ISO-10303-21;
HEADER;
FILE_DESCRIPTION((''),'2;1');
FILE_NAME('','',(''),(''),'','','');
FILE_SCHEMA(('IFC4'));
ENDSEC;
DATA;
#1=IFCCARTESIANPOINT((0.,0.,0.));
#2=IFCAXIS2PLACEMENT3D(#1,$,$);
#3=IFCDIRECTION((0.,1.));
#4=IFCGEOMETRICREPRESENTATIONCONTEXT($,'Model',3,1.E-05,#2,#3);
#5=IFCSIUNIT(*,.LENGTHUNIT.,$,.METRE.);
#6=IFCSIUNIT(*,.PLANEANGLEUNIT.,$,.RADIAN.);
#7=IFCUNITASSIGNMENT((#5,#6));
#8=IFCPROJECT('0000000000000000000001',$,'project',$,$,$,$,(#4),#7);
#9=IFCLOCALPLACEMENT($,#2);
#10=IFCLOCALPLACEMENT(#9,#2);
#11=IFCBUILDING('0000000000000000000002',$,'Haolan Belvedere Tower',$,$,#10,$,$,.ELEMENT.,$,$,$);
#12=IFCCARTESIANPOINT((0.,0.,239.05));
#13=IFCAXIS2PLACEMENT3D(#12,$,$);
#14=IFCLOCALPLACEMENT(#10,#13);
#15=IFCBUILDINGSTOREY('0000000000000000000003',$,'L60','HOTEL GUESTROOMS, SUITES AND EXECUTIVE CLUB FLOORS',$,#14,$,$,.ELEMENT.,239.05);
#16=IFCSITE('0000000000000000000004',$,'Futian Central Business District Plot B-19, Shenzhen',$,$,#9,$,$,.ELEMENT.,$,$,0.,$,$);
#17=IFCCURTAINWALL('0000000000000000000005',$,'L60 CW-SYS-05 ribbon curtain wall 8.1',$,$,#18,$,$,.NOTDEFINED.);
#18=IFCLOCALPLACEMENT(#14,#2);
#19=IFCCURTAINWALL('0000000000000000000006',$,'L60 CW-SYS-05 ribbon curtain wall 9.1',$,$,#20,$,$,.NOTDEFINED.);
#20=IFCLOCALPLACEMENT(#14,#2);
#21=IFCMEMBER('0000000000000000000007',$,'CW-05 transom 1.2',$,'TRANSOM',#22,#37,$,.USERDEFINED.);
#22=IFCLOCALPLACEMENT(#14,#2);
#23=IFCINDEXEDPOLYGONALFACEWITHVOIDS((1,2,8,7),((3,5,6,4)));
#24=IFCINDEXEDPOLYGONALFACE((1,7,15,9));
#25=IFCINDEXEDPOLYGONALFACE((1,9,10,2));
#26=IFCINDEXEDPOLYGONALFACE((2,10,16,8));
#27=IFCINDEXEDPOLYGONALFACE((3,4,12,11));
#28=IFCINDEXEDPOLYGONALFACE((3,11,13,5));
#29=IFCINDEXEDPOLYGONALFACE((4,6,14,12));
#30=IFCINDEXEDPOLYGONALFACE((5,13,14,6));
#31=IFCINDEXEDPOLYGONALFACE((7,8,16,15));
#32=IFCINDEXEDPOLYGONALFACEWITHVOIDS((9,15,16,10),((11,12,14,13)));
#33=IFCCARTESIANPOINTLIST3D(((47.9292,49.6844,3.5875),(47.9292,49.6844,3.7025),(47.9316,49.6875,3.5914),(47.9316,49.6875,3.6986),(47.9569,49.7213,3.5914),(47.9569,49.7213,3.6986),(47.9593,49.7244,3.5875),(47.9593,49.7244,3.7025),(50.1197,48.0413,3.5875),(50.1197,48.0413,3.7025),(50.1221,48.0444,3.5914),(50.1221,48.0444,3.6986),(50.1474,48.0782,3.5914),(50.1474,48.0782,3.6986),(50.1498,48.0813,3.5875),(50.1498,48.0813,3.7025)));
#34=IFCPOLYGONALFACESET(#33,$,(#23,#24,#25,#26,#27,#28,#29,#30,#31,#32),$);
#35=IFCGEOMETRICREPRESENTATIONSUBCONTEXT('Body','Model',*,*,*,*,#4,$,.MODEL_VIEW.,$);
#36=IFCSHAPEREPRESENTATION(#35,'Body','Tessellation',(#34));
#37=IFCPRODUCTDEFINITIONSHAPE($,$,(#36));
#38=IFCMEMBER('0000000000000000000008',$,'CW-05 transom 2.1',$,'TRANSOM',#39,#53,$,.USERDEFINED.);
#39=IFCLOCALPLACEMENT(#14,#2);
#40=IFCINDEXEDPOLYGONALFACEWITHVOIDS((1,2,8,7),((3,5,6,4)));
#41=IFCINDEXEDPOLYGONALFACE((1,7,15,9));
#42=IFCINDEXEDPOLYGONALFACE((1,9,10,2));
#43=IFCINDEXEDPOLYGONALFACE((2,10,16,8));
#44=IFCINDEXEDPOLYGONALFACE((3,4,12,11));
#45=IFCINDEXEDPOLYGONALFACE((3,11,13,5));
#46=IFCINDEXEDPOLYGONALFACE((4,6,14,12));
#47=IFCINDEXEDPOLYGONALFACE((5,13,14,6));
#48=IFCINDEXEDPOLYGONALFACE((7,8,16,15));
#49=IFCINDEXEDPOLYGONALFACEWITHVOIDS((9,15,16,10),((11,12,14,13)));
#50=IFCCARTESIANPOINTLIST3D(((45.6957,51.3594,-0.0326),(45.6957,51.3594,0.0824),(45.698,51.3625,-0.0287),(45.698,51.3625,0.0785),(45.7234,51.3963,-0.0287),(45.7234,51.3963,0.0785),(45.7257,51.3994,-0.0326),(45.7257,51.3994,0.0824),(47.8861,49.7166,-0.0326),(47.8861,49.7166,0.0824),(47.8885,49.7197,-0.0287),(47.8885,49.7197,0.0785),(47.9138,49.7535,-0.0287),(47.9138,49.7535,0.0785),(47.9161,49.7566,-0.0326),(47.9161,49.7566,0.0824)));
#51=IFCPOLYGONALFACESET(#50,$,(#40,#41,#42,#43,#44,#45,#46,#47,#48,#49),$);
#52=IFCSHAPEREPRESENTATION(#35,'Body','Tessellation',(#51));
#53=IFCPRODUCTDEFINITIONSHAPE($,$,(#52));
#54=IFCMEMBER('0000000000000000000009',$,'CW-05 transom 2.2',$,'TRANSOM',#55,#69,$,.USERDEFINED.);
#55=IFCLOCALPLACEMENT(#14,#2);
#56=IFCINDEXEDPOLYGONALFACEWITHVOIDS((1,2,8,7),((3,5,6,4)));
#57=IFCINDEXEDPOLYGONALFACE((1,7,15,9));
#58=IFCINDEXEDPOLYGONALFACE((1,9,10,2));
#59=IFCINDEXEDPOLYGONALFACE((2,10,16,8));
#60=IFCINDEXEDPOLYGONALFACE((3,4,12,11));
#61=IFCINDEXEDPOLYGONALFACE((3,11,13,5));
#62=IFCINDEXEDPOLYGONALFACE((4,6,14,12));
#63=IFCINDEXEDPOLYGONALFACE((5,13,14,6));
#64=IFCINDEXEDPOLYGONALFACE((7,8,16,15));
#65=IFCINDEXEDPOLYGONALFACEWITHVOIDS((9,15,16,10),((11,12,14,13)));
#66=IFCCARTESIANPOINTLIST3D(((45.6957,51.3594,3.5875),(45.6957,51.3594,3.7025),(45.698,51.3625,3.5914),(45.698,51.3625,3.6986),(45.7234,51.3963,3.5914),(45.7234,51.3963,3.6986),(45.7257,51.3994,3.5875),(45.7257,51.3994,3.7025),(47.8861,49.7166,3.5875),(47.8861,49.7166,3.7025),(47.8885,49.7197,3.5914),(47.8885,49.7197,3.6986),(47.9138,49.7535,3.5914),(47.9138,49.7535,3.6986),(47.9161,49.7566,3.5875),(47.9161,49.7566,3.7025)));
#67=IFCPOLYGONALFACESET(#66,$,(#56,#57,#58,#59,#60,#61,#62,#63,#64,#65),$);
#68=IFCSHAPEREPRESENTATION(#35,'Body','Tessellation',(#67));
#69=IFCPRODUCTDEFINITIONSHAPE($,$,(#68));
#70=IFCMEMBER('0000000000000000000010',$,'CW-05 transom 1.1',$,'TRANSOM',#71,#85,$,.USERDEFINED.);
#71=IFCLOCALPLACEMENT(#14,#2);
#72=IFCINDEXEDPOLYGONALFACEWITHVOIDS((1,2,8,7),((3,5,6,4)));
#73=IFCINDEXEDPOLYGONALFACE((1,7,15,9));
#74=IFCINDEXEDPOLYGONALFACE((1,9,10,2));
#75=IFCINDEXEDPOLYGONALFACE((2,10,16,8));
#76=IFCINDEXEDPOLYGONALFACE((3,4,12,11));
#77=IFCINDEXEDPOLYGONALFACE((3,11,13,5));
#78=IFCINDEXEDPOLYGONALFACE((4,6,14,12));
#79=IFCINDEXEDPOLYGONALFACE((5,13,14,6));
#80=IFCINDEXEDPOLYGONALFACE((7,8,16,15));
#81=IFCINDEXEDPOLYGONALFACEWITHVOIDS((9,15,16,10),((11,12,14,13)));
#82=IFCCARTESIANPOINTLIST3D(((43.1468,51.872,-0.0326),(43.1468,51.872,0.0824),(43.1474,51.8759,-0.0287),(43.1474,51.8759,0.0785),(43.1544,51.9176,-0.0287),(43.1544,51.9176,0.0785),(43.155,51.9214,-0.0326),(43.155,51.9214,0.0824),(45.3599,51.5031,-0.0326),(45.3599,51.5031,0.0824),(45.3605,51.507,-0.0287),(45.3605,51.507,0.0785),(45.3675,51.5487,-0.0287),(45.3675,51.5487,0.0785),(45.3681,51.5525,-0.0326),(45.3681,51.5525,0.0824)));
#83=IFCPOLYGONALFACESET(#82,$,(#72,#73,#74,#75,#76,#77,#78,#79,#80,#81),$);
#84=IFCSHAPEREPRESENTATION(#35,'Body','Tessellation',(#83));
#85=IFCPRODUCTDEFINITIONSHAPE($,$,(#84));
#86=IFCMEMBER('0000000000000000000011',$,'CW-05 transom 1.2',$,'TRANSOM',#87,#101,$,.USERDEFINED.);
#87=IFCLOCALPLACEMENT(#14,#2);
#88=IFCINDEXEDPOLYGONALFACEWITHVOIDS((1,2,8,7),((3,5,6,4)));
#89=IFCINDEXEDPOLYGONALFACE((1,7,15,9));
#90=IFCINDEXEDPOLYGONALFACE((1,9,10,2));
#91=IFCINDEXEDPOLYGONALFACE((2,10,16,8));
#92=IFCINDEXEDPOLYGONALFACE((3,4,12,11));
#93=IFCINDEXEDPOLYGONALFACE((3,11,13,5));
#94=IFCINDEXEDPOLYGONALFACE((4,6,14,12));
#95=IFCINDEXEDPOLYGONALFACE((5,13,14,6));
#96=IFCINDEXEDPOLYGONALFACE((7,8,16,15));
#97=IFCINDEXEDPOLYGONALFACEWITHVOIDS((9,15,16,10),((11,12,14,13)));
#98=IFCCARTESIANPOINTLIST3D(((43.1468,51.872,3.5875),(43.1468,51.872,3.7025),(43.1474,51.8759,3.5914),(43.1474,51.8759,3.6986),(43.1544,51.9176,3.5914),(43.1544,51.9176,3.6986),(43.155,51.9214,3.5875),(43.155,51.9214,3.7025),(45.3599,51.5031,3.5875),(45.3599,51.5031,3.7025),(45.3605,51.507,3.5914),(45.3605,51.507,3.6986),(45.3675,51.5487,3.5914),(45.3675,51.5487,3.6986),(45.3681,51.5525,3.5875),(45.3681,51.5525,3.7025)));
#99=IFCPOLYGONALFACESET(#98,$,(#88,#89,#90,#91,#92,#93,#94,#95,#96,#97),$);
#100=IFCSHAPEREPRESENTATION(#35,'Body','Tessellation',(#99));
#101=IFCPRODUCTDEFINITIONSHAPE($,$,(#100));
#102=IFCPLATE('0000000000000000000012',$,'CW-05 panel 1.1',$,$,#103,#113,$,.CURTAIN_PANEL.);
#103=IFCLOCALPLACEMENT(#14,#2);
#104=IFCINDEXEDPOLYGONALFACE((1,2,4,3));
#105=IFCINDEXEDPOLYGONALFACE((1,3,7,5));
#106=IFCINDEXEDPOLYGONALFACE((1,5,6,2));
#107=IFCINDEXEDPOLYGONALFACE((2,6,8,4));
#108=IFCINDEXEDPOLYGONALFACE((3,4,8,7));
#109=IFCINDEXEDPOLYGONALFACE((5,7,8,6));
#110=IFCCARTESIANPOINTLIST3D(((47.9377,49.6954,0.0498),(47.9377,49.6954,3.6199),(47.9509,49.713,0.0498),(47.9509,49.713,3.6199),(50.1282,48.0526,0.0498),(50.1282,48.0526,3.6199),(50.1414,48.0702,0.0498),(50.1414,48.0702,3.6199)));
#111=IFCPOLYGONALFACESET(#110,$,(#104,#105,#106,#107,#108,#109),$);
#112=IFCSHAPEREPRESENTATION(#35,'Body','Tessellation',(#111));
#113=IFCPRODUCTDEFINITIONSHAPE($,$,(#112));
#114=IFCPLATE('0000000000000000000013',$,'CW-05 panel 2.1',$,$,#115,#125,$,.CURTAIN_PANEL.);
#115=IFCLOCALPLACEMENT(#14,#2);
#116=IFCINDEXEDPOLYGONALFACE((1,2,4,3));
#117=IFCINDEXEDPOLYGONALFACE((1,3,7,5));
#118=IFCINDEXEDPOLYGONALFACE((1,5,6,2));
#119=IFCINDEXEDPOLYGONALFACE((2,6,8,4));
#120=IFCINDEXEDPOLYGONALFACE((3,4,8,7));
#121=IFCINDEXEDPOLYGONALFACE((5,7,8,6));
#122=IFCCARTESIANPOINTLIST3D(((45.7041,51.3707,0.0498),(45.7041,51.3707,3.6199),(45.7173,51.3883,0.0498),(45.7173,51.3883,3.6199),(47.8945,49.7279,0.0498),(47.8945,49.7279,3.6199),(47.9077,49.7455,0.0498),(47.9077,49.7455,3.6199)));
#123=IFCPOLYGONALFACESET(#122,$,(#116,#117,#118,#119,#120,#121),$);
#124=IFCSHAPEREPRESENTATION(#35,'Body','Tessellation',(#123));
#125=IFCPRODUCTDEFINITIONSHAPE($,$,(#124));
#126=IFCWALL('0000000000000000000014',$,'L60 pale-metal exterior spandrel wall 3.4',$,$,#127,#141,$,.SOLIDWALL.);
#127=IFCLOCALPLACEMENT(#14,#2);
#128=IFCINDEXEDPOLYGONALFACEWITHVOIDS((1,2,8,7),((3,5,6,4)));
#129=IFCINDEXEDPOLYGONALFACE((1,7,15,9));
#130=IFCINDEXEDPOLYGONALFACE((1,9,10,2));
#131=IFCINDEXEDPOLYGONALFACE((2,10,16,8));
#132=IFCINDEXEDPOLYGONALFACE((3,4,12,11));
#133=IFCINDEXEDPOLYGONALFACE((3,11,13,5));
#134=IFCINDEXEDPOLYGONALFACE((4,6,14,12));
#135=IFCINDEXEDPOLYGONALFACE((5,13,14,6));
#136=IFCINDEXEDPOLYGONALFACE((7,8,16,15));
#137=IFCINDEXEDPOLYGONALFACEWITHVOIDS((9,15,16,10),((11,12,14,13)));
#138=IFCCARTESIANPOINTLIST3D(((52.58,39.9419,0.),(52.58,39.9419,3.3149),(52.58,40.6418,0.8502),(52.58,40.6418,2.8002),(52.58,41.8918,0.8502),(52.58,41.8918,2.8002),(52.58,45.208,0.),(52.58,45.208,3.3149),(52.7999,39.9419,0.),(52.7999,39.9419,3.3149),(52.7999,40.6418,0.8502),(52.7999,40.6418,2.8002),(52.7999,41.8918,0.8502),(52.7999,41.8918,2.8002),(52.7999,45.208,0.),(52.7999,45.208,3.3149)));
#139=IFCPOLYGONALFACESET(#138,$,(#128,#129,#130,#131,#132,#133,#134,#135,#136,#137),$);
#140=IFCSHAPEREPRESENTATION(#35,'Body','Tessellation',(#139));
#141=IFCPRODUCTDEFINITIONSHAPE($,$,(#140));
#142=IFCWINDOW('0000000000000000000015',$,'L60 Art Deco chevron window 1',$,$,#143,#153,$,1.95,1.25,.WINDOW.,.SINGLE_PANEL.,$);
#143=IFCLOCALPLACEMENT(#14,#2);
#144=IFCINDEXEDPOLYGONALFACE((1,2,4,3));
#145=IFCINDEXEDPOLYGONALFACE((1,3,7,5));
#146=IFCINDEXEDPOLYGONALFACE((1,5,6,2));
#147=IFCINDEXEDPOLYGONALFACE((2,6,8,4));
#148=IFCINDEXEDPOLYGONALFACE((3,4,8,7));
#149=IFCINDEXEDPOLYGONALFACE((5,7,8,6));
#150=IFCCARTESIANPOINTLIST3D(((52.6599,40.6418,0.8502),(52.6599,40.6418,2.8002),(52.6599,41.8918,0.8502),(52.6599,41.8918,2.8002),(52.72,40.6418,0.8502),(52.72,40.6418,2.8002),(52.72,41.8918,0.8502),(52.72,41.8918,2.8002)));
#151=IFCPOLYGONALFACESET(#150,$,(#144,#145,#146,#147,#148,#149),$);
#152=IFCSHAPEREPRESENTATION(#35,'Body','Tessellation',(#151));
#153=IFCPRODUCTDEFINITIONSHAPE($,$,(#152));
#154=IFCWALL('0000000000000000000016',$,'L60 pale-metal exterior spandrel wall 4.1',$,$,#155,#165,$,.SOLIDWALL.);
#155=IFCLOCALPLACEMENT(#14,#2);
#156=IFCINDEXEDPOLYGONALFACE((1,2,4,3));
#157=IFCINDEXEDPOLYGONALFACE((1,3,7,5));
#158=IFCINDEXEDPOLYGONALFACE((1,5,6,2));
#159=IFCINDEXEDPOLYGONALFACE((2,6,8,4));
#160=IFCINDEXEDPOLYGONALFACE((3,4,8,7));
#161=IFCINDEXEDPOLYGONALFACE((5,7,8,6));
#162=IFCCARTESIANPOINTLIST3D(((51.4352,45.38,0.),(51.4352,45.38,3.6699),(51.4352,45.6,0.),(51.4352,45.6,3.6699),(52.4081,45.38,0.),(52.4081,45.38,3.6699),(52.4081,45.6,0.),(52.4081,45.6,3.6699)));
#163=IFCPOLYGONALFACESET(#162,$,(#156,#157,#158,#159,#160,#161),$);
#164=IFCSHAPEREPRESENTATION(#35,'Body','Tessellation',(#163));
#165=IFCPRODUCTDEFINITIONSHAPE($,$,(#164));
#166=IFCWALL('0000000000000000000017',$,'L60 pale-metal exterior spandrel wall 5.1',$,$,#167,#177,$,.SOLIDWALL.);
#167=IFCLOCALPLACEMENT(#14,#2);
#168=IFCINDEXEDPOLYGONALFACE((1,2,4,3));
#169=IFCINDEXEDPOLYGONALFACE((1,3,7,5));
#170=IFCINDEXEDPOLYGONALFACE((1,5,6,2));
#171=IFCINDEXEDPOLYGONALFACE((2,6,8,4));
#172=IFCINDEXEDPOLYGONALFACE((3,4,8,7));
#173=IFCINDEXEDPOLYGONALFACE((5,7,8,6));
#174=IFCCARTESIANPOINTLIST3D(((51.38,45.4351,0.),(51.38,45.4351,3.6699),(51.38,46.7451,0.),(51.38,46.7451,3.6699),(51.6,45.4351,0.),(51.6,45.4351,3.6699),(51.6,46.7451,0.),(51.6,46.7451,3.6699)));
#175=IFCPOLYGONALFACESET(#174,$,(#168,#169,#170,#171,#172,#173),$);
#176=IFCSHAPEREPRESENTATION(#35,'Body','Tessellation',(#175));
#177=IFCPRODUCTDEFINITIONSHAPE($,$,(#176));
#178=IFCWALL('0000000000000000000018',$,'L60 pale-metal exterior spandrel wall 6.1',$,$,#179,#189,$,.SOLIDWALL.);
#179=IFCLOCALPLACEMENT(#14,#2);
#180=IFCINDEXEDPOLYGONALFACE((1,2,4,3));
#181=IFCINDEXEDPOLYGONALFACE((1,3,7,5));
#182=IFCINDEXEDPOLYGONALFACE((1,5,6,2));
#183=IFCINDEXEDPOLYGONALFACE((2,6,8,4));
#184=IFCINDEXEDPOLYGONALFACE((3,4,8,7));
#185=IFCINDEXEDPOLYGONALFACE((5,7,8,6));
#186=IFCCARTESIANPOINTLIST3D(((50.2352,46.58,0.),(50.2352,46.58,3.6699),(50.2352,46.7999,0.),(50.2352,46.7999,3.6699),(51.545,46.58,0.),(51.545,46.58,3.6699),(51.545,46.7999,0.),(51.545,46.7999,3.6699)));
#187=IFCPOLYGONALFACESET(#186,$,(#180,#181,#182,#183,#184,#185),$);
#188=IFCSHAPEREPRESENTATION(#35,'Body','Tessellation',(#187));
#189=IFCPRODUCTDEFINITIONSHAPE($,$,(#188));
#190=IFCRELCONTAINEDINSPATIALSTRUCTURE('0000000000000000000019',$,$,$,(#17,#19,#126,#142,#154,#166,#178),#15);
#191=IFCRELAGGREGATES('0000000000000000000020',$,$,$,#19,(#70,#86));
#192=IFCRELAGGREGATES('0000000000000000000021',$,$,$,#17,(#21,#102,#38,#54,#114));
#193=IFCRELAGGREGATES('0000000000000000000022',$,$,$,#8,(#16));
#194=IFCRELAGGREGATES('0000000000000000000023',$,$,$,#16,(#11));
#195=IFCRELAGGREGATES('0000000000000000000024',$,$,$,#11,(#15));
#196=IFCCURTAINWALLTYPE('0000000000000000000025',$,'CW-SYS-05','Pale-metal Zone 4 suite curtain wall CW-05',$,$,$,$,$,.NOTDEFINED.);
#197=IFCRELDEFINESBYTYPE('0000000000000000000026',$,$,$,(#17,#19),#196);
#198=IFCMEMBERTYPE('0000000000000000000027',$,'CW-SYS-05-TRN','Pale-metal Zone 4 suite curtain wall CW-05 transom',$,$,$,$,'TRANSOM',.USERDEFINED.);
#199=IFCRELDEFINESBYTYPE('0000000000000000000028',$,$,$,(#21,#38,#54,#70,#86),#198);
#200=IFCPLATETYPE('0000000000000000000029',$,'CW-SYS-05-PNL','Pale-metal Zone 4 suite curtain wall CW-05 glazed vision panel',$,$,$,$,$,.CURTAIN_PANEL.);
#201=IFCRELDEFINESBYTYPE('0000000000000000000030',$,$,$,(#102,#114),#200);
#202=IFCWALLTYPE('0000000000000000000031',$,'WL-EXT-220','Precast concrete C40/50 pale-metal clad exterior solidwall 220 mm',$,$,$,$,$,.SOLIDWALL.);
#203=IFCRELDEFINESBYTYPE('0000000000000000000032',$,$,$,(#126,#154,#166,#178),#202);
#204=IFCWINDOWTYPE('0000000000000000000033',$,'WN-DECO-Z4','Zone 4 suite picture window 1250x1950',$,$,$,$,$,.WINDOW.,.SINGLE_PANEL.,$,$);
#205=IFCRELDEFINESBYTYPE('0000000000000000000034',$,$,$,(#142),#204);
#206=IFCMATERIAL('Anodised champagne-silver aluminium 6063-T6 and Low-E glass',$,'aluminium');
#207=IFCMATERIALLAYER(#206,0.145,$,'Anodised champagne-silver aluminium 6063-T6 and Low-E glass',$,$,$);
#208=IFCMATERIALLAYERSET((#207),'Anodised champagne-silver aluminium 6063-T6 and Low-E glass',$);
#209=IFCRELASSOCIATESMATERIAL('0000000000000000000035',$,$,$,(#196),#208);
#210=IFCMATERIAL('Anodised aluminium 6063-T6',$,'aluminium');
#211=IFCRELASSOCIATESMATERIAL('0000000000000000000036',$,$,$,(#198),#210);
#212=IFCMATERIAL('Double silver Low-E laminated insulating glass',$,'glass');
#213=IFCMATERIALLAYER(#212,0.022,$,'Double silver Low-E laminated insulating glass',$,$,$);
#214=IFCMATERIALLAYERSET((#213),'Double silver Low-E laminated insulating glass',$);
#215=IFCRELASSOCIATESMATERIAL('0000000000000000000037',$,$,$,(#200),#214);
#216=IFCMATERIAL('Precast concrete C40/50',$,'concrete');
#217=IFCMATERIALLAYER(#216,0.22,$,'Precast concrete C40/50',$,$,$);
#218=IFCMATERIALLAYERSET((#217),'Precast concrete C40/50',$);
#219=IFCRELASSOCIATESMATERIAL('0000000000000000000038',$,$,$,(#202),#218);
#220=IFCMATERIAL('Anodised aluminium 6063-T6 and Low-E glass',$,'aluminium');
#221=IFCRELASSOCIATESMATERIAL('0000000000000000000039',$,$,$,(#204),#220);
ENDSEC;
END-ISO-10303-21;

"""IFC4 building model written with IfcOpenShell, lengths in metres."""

from ifc_helpers import new_model, si_unit, direction, frame, frame_2d, origin, origin_2d, place, context, subcontext, project, spatial, rectangle, hollow_rectangle, extrude, material, layer, layer_set, material_profile, profile_set, type_object, element, fill, aggregate, save


model = new_model("IFC4")

# Units and contexts
model_context = context("Model", 3, precision=1e-05, world=origin(), true_north=direction((0.0, 1.0)))
body_context = subcontext(model_context, "Body", "Model", "MODEL_VIEW")
ifc_project = project(units=[si_unit("LENGTHUNIT", "METRE"), si_unit("PLANEANGLEUNIT", "RADIAN")], contexts=[model_context])

# Site, building, storey
site_placement = place(None, origin())
site = spatial("IfcSite", under=ifc_project, at=site_placement, Name="Futian Central Business District Plot B-19, Shenzhen", CompositionType="ELEMENT", RefElevation=0.0)
building_placement = place(site_placement, origin())
building = spatial("IfcBuilding", under=site, at=building_placement, Name="Haolan Belvedere Tower", CompositionType="ELEMENT")
storey_placement = place(building_placement, frame((0.0, 0.0, 239.05)))
storey = spatial("IfcBuildingStorey", under=building, at=storey_placement, Name="L60", Description="HOTEL GUESTROOMS, SUITES AND EXECUTIVE CLUB FLOORS", CompositionType="ELEMENT", Elevation=239.05)

# Curtain wall
ifc_material_1 = material(Name="Anodised champagne-silver aluminium 6063-T6 and Low-E glass", Category="aluminium")
ifc_layer_1 = layer(ifc_material_1, 0.145, Name="Anodised champagne-silver aluminium 6063-T6 and Low-E glass")
ifc_layer_set_1 = layer_set([ifc_layer_1], Name="Anodised champagne-silver aluminium 6063-T6 and Low-E glass")
curtain_wall_type = type_object("IfcCurtainWallType", Name="CW-SYS-05", Description="Pale-metal Zone 4 suite curtain wall CW-05", PredefinedType="NOTDEFINED", material=ifc_layer_set_1)
curtain_wall_1_placement = place(storey_placement, origin())
curtain_wall_1 = element("IfcCurtainWall", 1, at=curtain_wall_1_placement, inside=storey, type_object=curtain_wall_type, Name="L60 CW-SYS-05 ribbon curtain wall 8.1", PredefinedType="NOTDEFINED")
ifc_material_2 = material(Name="Anodised aluminium 6063-T6", Category="aluminium")

# Curtain wall
curtain_wall_2_placement = place(storey_placement, origin())
curtain_wall_2 = element("IfcCurtainWall", 2, at=curtain_wall_2_placement, inside=storey, type_object=curtain_wall_type, Name="L60 CW-SYS-05 ribbon curtain wall 9.1", PredefinedType="NOTDEFINED")

# Members
ifc_material_profile_1 = material_profile(ifc_material_2, hollow_rectangle(XDim=0.05, YDim=0.115, WallThickness=0.0039, at=origin_2d()), Name="Anodised aluminium 6063-T6")
ifc_profile_set_1 = profile_set([ifc_material_profile_1], Name="Anodised aluminium 6063-T6")
member_type_1 = type_object("IfcMemberType", Name="CW-SYS-05-TRN", Description="Pale-metal Zone 4 suite curtain wall CW-05 transom", ElementType="TRANSOM", PredefinedType="USERDEFINED", material=ifc_profile_set_1)
member_1_placement = place(storey_placement, frame((50.1348, 48.0613, 3.645), z_axis=(-0.799957, 0.600057, 0.0), x_axis=(-0.600057, -0.799957, 0.0)))
member_1 = element("IfcMember", 3, at=member_1_placement, type_object=member_type_1, Name="CW-05 transom 1.2", ObjectType="TRANSOM", PredefinedType="USERDEFINED", context=body_context, shape_type="SweptSolid", body=[
    extrude(hollow_rectangle(XDim=0.05, YDim=0.115, WallThickness=0.0039, at=origin_2d()), origin(), (0.0, 0.0, 1.0), 2.7383),
])
member_2_placement = place(storey_placement, frame((47.9011, 49.7366, 0.0249), z_axis=(-0.8, 0.6, 0.0), x_axis=(-0.6, -0.8, 0.0)))
member_2 = element("IfcMember", 4, at=member_2_placement, type_object=member_type_1, Name="CW-05 transom 2.1", ObjectType="TRANSOM", PredefinedType="USERDEFINED", context=body_context, shape_type="SweptSolid", body=[
    extrude(hollow_rectangle(XDim=0.05, YDim=0.115, WallThickness=0.0039, at=origin_2d()), origin(), (0.0, 0.0, 1.0), 2.738),
])
member_3_placement = place(storey_placement, frame((47.9011, 49.7366, 3.645), z_axis=(-0.8, 0.6, 0.0), x_axis=(-0.6, -0.8, 0.0)))
member_3 = element("IfcMember", 5, at=member_3_placement, type_object=member_type_1, Name="CW-05 transom 2.2", ObjectType="TRANSOM", PredefinedType="USERDEFINED", context=body_context, shape_type="SweptSolid", body=[
    extrude(hollow_rectangle(XDim=0.05, YDim=0.115, WallThickness=0.0039, at=origin_2d()), origin(), (0.0, 0.0, 1.0), 2.738),
])
member_4_placement = place(storey_placement, frame((45.364, 51.5278, 0.0249), z_axis=(-0.986391, 0.164417, 0.0), x_axis=(-0.164417, -0.986391, 0.0)))
member_4 = element("IfcMember", 6, at=member_4_placement, type_object=member_type_1, Name="CW-05 transom 1.1", ObjectType="TRANSOM", PredefinedType="USERDEFINED", context=body_context, shape_type="SweptSolid", body=[
    extrude(hollow_rectangle(XDim=0.05, YDim=0.115, WallThickness=0.0039, at=origin_2d()), origin(), (0.0, 0.0, 1.0), 2.2437),
])
member_5_placement = place(storey_placement, frame((45.364, 51.5278, 3.645), z_axis=(-0.986391, 0.164417, 0.0), x_axis=(-0.164417, -0.986391, 0.0)))
member_5 = element("IfcMember", 7, at=member_5_placement, type_object=member_type_1, Name="CW-05 transom 1.2", ObjectType="TRANSOM", PredefinedType="USERDEFINED", context=body_context, shape_type="SweptSolid", body=[
    extrude(hollow_rectangle(XDim=0.05, YDim=0.115, WallThickness=0.0039, at=origin_2d()), origin(), (0.0, 0.0, 1.0), 2.2437),
])
aggregate(curtain_wall_2, [member_4, member_5])

# Plates
ifc_material_3 = material(Name="Double silver Low-E laminated insulating glass", Category="glass")
ifc_layer_2 = layer(ifc_material_3, 0.022, Name="Double silver Low-E laminated insulating glass")
ifc_layer_set_2 = layer_set([ifc_layer_2], Name="Double silver Low-E laminated insulating glass")
plate_type = type_object("IfcPlateType", Name="CW-SYS-05-PNL", Description="Pale-metal Zone 4 suite curtain wall CW-05 glazed vision panel", PredefinedType="CURTAIN_PANEL", material=ifc_layer_set_2)
plate_1_placement = place(storey_placement, frame((49.0396, 48.8828, 0.0498), z_axis=(0.0, 0.0, 1.0), x_axis=(-0.799998, 0.600003, 0.0)))
plate_1 = element("IfcPlate", 8, at=plate_1_placement, type_object=plate_type, Name="CW-05 panel 1.1", PredefinedType="CURTAIN_PANEL", context=body_context, shape_type="SweptSolid", body=[
    extrude(rectangle(XDim=2.738, YDim=0.022, at=origin_2d()), origin(), (0.0, 0.0, 1.0), 3.5701),
])
plate_2_placement = place(storey_placement, frame((46.8059, 50.5581, 0.0498), z_axis=(0.0, 0.0, 1.0), x_axis=(-0.799998, 0.600003, 0.0)))
plate_2 = element("IfcPlate", 9, at=plate_2_placement, type_object=plate_type, Name="CW-05 panel 2.1", PredefinedType="CURTAIN_PANEL", context=body_context, shape_type="SweptSolid", body=[
    extrude(rectangle(XDim=2.738, YDim=0.022, at=origin_2d()), origin(), (0.0, 0.0, 1.0), 3.5701),
])
aggregate(curtain_wall_1, [member_1, plate_1, member_2, member_3, plate_2])

# Wall, opening, window
ifc_material_4 = material(Name="Precast concrete C40/50", Category="concrete")
ifc_layer_3 = layer(ifc_material_4, 0.22, Name="Precast concrete C40/50")
ifc_layer_set_3 = layer_set([ifc_layer_3], Name="Precast concrete C40/50")
wall_type_1 = type_object("IfcWallType", Name="WL-EXT-220", Description="Precast concrete C40/50 pale-metal clad exterior solidwall 220 mm", PredefinedType="SOLIDWALL", material=ifc_layer_set_3)
wall_1_placement = place(storey_placement, frame((52.6899, 39.9419, 0.0), z_axis=(0.0, 0.0, 1.0), x_axis=(0.0, 1.0, 0.0)))
wall_1 = element("IfcWall", 10, at=wall_1_placement, inside=storey, type_object=wall_type_1, Name="L60 pale-metal exterior spandrel wall 3.4", PredefinedType="SOLIDWALL", context=body_context, shape_type="SweptSolid", body=[
    extrude(rectangle(XDim=5.2661, YDim=0.22, at=frame_2d((2.6331, 0.0))), origin(), (0.0, 0.0, 1.0), 3.3149),
])
opening_1_placement = place(wall_1_placement, frame((0.7, 0.0, 0.8501)))
opening_1 = element("IfcOpeningElement", 11, at=opening_1_placement, cuts=wall_1, PredefinedType="OPENING", context=body_context, shape_type="SweptSolid", body=[
    extrude(rectangle(XDim=1.25, YDim=1.95, at=frame_2d((0.625, 0.9751))), frame((0.0, 0.1199, 0.0), z_axis=(0.0, -1.0, 0.0), x_axis=(1.0, 0.0, 0.0)), (0.0, 0.0, 1.0), 0.24),
])
ifc_material_5 = material(Name="Anodised aluminium 6063-T6 and Low-E glass", Category="aluminium")
window_type = type_object("IfcWindowType", Name="WN-DECO-Z4", Description="Zone 4 suite picture window 1250x1950", PartitioningType="SINGLE_PANEL", PredefinedType="WINDOW", material=ifc_material_5)
window_placement = place(opening_1_placement, origin())
window = element("IfcWindow", 12, at=window_placement, inside=storey, type_object=window_type, Name="L60 Art Deco chevron window 1", OverallHeight=1.95, OverallWidth=1.25, PartitioningType="SINGLE_PANEL", PredefinedType="WINDOW", context=body_context, shape_type="SweptSolid", body=[
    extrude(rectangle(XDim=1.25, YDim=1.95, at=frame_2d((0.625, 0.9751))), frame((0.0, 0.03, 0.0), z_axis=(0.0, -1.0, 0.0), x_axis=(1.0, 0.0, 0.0)), (0.0, 0.0, 1.0), 0.0601),
])
fill(opening_1, window)

# Walls
wall_2_placement = place(storey_placement, frame((52.408, 45.49, 0.0), z_axis=(0.0, 0.0, 1.0), x_axis=(-1.0, 0.0, 0.0)))
element("IfcWall", 13, at=wall_2_placement, inside=storey, type_object=wall_type_1, Name="L60 pale-metal exterior spandrel wall 4.1", PredefinedType="SOLIDWALL", context=body_context, shape_type="SweptSolid", body=[
    extrude(rectangle(XDim=0.9729, YDim=0.22, at=frame_2d((0.4863, 0.0))), origin(), (0.0, 0.0, 1.0), 3.6699),
])
wall_3_placement = place(storey_placement, frame((51.49, 45.4351, 0.0), z_axis=(0.0, 0.0, 1.0), x_axis=(0.0, 1.0, 0.0)))
element("IfcWall", 14, at=wall_3_placement, inside=storey, type_object=wall_type_1, Name="L60 pale-metal exterior spandrel wall 5.1", PredefinedType="SOLIDWALL", context=body_context, shape_type="SweptSolid", body=[
    extrude(rectangle(XDim=1.3101, YDim=0.22, at=frame_2d((0.655, 0.0))), origin(), (0.0, 0.0, 1.0), 3.6699),
])
wall_4_placement = place(storey_placement, frame((51.5449, 46.6899, 0.0), z_axis=(0.0, 0.0, 1.0), x_axis=(-1.0, 0.0, 0.0)))
element("IfcWall", 15, at=wall_4_placement, inside=storey, type_object=wall_type_1, Name="L60 pale-metal exterior spandrel wall 6.1", PredefinedType="SOLIDWALL", context=body_context, shape_type="SweptSolid", body=[
    extrude(rectangle(XDim=1.3098, YDim=0.22, at=frame_2d((0.6548, 0.0))), origin(), (0.0, 0.0, 1.0), 3.6699),
])

save(model, "model.ifc")
